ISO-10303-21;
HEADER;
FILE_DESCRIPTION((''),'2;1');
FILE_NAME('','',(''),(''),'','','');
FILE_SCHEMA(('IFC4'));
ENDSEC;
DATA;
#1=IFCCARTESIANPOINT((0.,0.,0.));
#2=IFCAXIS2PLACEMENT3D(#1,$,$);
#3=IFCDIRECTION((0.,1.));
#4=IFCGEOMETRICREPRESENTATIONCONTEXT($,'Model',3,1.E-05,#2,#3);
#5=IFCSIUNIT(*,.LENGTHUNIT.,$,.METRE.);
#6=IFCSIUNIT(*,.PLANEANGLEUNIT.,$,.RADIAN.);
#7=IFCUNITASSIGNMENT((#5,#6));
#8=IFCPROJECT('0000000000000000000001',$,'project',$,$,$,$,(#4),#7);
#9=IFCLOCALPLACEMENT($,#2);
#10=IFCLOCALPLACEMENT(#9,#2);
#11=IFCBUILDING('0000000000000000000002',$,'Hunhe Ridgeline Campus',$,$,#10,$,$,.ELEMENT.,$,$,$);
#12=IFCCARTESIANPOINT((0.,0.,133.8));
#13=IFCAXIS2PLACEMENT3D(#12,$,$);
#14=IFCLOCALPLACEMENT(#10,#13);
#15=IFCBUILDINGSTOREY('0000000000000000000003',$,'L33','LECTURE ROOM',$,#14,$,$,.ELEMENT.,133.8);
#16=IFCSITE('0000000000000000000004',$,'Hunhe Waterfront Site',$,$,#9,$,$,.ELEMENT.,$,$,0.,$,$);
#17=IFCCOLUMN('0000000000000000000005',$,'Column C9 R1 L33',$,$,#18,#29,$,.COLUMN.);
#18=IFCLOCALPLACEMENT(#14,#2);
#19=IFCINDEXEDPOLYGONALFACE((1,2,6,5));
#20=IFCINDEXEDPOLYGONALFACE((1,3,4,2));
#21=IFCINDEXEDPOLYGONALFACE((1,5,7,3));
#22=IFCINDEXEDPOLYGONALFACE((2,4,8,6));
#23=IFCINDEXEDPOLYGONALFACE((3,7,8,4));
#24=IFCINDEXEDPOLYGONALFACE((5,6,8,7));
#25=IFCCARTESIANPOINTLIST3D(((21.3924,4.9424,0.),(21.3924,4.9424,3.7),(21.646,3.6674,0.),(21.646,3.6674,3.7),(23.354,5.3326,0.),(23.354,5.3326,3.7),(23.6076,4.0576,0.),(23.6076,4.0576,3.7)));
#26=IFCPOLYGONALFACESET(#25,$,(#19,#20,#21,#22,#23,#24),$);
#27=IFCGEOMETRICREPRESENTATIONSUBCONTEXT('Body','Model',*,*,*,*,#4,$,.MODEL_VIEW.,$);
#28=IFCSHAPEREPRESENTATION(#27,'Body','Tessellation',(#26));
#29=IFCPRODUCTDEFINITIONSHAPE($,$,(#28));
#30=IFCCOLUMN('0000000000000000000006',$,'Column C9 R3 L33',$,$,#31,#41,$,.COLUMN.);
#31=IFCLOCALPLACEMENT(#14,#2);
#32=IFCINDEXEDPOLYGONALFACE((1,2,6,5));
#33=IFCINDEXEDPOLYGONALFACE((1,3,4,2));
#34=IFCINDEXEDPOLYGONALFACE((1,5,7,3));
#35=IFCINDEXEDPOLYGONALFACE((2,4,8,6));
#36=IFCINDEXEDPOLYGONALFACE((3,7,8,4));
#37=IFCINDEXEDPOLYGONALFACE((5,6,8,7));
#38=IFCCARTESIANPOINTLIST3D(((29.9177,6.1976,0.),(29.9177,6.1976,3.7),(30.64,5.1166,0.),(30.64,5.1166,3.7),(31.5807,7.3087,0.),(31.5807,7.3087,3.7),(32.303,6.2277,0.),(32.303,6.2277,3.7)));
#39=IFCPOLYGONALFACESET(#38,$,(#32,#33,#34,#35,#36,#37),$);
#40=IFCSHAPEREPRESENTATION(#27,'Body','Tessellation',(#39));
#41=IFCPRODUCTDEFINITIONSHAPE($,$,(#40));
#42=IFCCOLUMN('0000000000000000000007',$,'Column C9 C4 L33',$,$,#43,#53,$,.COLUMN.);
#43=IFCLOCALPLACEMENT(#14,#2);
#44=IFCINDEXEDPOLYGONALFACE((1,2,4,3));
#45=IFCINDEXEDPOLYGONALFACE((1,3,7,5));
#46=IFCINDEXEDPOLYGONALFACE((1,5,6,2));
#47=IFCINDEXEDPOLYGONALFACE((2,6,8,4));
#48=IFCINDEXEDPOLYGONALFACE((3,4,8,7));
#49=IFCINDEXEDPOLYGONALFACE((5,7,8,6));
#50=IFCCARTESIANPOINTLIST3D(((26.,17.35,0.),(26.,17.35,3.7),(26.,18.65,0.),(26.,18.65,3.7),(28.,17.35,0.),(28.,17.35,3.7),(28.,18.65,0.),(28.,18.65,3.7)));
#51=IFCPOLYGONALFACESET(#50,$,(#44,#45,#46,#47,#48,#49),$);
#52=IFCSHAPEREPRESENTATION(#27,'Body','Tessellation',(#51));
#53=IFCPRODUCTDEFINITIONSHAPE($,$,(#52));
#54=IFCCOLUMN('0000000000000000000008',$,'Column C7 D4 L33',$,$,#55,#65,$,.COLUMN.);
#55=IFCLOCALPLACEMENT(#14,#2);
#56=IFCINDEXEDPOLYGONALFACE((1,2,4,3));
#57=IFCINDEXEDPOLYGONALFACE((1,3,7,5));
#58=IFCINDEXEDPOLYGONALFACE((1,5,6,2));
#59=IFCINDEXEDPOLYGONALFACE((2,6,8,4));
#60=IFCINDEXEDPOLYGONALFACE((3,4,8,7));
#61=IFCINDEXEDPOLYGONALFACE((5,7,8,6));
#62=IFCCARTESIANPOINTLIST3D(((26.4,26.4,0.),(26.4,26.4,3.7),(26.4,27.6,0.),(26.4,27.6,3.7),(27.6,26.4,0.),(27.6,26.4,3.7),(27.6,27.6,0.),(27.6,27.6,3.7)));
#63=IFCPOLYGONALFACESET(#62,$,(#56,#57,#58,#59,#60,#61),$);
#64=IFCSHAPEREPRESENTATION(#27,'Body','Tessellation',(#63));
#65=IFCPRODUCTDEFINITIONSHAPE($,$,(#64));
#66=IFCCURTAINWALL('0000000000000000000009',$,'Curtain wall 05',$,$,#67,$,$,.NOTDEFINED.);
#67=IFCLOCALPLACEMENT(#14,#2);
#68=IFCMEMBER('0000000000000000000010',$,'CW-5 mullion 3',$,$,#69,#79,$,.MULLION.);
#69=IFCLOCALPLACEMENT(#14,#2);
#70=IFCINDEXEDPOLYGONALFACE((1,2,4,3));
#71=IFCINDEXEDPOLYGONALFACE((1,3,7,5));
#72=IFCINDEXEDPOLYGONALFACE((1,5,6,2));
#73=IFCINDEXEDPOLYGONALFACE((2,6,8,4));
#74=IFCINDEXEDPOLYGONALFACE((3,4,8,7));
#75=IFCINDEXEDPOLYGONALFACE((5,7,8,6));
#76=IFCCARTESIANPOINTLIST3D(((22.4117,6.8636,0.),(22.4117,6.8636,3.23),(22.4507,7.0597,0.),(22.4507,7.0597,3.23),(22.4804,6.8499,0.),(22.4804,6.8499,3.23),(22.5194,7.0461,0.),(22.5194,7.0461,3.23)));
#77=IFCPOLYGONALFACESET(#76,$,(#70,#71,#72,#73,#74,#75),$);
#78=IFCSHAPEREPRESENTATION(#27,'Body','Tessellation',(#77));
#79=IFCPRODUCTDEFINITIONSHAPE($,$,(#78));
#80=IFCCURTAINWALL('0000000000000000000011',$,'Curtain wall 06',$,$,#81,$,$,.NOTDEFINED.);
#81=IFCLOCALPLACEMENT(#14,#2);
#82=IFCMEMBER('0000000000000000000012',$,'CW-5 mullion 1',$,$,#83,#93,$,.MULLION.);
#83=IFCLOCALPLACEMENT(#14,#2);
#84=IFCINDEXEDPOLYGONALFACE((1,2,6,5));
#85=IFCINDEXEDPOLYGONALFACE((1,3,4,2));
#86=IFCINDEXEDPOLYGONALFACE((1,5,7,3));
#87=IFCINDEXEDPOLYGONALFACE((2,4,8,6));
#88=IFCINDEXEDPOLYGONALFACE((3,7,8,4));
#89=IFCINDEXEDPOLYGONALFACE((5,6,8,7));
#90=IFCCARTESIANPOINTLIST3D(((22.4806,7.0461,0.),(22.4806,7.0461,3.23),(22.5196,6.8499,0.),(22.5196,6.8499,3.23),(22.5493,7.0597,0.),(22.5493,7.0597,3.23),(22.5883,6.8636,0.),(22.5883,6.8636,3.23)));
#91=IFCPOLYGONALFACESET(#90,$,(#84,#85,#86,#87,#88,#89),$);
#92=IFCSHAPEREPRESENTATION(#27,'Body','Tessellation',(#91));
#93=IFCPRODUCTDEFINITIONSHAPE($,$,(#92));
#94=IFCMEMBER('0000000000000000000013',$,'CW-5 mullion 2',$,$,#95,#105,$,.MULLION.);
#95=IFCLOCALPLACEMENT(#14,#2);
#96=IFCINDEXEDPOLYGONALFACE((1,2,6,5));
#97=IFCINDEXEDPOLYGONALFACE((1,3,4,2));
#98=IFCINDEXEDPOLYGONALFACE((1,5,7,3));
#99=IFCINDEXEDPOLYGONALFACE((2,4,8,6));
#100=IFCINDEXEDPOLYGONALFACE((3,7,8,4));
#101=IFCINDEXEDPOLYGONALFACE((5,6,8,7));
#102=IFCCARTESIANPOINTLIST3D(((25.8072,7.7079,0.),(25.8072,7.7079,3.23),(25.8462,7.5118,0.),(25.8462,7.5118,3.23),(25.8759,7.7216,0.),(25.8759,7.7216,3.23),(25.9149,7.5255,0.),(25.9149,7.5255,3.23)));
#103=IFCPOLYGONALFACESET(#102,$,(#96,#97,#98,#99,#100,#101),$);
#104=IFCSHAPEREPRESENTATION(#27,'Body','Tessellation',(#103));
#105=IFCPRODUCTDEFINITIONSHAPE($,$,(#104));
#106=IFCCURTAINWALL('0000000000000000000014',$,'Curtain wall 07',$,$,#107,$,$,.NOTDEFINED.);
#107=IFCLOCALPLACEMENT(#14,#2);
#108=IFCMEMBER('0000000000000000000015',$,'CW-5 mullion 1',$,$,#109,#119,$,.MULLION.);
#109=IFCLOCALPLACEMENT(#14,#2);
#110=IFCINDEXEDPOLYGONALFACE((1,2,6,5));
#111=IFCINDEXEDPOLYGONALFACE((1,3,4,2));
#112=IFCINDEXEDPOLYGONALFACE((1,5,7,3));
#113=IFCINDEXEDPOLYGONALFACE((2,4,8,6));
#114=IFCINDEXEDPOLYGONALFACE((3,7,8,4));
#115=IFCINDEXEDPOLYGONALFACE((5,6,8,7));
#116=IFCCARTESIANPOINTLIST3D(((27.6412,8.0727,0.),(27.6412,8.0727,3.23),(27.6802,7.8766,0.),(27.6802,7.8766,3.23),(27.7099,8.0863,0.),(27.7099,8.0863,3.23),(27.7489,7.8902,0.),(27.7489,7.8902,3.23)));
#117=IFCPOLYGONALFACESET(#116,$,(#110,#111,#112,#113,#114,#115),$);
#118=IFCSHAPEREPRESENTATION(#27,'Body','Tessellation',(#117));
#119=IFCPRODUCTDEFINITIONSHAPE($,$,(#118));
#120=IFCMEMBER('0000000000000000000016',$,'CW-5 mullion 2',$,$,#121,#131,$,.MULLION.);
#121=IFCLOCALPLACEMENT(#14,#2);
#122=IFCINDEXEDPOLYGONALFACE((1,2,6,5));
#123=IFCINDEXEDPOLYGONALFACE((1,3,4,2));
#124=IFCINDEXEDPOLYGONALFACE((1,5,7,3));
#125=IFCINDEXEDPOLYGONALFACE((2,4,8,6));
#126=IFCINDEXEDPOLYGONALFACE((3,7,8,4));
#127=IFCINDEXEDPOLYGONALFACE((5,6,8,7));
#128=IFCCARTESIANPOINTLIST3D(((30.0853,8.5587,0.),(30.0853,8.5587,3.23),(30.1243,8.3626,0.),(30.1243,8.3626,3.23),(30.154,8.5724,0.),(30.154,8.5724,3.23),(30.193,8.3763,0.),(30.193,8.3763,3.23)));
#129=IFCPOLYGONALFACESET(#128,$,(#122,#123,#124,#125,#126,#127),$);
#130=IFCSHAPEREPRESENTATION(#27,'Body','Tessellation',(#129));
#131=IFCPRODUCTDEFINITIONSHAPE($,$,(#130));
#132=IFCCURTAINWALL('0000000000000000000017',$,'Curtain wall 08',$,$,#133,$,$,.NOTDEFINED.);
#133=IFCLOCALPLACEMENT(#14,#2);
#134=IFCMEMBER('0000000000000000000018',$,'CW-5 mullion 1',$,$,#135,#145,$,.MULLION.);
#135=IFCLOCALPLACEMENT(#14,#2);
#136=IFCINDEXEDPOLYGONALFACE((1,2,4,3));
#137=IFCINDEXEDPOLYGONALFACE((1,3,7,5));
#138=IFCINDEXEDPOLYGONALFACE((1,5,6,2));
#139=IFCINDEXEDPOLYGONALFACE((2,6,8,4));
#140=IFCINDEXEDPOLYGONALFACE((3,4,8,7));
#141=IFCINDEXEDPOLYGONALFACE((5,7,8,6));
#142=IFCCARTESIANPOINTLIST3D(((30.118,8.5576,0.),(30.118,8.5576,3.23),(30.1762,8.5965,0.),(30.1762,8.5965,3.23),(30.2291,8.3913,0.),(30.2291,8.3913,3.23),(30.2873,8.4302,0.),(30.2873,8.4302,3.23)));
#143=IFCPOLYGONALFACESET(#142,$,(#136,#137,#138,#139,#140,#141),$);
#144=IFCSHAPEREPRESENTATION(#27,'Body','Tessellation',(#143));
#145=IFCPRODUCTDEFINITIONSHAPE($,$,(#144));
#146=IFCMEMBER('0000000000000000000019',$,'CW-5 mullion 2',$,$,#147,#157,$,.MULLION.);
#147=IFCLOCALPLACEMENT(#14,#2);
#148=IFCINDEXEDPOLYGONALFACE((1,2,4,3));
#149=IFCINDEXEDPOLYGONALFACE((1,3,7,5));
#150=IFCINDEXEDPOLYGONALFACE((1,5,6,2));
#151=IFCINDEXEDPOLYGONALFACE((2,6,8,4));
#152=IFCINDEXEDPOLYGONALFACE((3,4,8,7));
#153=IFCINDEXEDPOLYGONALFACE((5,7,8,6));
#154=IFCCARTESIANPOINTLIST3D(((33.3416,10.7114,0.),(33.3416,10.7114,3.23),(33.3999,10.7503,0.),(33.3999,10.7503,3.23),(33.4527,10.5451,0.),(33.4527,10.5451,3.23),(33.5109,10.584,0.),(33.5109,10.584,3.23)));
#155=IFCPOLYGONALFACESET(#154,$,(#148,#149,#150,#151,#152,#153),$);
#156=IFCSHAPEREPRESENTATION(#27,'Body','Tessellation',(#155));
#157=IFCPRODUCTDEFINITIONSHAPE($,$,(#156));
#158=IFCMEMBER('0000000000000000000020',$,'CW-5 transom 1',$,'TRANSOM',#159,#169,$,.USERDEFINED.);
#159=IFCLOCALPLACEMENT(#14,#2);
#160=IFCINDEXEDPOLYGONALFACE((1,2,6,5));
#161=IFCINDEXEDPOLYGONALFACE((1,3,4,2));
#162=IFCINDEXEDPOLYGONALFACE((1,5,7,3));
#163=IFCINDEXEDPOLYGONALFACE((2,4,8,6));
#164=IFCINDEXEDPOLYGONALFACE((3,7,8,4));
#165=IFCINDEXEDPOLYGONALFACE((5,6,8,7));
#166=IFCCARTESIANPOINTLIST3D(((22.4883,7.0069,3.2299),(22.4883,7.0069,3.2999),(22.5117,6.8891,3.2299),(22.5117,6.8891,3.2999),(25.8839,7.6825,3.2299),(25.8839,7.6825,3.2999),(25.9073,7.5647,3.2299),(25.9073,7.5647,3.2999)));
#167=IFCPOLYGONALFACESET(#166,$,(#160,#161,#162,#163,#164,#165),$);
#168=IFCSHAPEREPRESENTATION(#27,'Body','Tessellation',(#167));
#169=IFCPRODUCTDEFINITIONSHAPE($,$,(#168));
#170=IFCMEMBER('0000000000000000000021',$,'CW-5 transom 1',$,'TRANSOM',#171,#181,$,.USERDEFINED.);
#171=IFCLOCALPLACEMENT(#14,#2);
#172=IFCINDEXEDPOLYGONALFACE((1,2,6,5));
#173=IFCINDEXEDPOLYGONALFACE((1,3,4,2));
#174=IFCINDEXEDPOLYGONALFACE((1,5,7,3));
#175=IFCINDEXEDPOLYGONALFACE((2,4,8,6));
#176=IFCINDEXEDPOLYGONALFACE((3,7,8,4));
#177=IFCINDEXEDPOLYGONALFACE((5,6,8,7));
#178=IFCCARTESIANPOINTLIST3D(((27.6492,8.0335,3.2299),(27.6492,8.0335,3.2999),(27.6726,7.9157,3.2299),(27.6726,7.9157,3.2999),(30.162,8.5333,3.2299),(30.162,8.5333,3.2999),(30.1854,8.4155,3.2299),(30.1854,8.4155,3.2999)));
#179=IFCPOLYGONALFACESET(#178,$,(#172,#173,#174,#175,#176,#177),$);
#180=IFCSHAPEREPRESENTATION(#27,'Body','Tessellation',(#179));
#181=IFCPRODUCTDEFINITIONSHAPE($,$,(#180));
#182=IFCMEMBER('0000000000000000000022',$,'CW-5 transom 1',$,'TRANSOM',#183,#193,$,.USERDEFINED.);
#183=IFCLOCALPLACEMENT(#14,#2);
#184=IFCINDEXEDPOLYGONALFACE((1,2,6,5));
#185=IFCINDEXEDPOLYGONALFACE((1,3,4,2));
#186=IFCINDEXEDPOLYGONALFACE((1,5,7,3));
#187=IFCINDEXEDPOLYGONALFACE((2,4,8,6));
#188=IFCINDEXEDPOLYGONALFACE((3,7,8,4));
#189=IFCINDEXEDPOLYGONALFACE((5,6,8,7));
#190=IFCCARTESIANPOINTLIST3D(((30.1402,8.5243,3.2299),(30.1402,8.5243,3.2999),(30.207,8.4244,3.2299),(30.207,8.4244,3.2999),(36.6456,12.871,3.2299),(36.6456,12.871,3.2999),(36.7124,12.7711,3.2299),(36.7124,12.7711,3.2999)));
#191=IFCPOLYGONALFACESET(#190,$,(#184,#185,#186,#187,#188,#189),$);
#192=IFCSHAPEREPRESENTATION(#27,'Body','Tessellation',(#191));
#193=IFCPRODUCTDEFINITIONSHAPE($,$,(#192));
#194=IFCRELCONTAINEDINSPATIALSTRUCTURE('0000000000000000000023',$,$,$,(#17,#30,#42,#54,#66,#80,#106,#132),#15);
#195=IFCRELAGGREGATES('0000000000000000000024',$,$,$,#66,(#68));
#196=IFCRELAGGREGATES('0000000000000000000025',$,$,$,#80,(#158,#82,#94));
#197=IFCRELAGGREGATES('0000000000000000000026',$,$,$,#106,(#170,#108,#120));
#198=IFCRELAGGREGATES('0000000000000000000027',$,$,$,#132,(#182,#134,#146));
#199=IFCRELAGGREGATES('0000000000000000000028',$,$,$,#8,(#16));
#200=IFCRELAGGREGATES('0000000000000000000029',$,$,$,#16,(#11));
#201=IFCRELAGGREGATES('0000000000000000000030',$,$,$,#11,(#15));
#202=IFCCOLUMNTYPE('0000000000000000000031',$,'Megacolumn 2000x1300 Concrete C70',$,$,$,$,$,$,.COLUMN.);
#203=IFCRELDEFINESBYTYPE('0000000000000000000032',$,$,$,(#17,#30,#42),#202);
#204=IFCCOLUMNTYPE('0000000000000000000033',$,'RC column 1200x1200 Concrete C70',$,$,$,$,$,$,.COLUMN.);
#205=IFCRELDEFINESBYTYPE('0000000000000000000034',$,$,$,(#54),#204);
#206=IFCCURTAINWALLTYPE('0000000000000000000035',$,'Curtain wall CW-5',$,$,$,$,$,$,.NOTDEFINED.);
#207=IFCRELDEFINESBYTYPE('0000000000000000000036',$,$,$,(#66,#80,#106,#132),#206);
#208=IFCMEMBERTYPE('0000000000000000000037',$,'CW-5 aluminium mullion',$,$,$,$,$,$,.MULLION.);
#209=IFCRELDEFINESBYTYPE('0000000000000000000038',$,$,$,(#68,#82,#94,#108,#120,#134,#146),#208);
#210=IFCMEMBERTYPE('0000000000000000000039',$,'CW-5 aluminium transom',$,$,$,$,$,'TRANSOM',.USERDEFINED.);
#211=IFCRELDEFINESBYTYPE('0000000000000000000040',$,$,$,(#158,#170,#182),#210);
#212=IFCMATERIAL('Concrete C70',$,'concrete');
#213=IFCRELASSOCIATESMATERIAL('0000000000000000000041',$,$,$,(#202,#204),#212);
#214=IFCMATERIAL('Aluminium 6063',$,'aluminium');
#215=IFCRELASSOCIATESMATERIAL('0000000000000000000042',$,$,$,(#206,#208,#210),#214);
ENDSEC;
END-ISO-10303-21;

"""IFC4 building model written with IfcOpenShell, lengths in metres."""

from ifc_helpers import new_model, si_unit, direction, frame, origin, origin_2d, place, context, subcontext, project, spatial, rectangle, extrude, material, material_profile, profile_set, type_object, element, aggregate, save


model = new_model("IFC4")

# Units and contexts
model_context = context("Model", 3, precision=1e-05, world=origin(), true_north=direction((0.0, 1.0)))
body_context = subcontext(model_context, "Body", "Model", "MODEL_VIEW")
ifc_project = project(units=[si_unit("LENGTHUNIT", "METRE"), si_unit("PLANEANGLEUNIT", "RADIAN")], contexts=[model_context])

# Site, building, storey
site_placement = place(None, origin())
site = spatial("IfcSite", under=ifc_project, at=site_placement, Name="Hunhe Waterfront Site", CompositionType="ELEMENT", RefElevation=0.0)
building_placement = place(site_placement, origin())
building = spatial("IfcBuilding", under=site, at=building_placement, Name="Hunhe Ridgeline Campus", CompositionType="ELEMENT")
storey_placement = place(building_placement, frame((0.0, 0.0, 133.8)))
storey = spatial("IfcBuildingStorey", under=building, at=storey_placement, Name="L33", Description="LECTURE ROOM", CompositionType="ELEMENT", Elevation=133.8)

# Columns
ifc_material_1 = material(Name="Concrete C70", Category="concrete")
ifc_material_profile_1 = material_profile(ifc_material_1, rectangle(XDim=2.0, YDim=1.3, at=origin_2d()))
ifc_profile_set_1 = profile_set([ifc_material_profile_1], Name="Concrete C70")
column_type_1 = type_object("IfcColumnType", Name="Megacolumn 2000x1300 Concrete C70", PredefinedType="COLUMN", material=ifc_profile_set_1)
for number, where, z_axis, x_axis, name in (
    (1, (22.5, 4.5, 0.0), (0.0, 0.0, 1.0), (0.980785, 0.19509, 0.0), "Column C9 R1 L33"),
    (2, (31.1104, 6.2126, 0.0), (0.0, 0.0, 1.0), (0.83147, 0.55557, 0.0), "Column C9 R3 L33"),
    (3, (27.0, 18.0, 0.0), (0.0, 0.0, 1.0), (1.0, 0.0, 0.0), "Column C9 C4 L33"),
):
    element("IfcColumn", number, at=place(storey_placement, frame(where, z_axis=z_axis, x_axis=x_axis)), inside=storey, type_object=column_type_1, Name=name, PredefinedType="COLUMN", context=body_context, shape_type="SweptSolid", body=[
        extrude(rectangle(XDim=2.0, YDim=1.3, at=origin_2d()), origin(), (0.0, 0.0, 1.0), 3.7),
    ])
ifc_material_profile_2 = material_profile(ifc_material_1, rectangle(XDim=1.2, YDim=1.2, at=origin_2d()))
ifc_profile_set_2 = profile_set([ifc_material_profile_2], Name="Concrete C70")
column_type_2 = type_object("IfcColumnType", Name="RC column 1200x1200 Concrete C70", PredefinedType="COLUMN", material=ifc_profile_set_2)
column_placement = place(storey_placement, frame((27.0, 27.0, 0.0), z_axis=(0.0, 0.0, 1.0), x_axis=(1.0, 0.0, 0.0)))
element("IfcColumn", 4, at=column_placement, inside=storey, type_object=column_type_2, Name="Column C7 D4 L33", PredefinedType="COLUMN", context=body_context, shape_type="SweptSolid", body=[
    extrude(rectangle(XDim=1.2, YDim=1.2, at=origin_2d()), origin(), (0.0, 0.0, 1.0), 3.7),
])

# Curtain wall, member
ifc_material_2 = material(Name="Aluminium 6063", Category="aluminium")
curtain_wall_type = type_object("IfcCurtainWallType", Name="Curtain wall CW-5", PredefinedType="NOTDEFINED", material=ifc_material_2)
curtain_wall_1_placement = place(storey_placement, origin())
curtain_wall_1 = element("IfcCurtainWall", 5, at=curtain_wall_1_placement, inside=storey, type_object=curtain_wall_type, Name="Curtain wall 05", PredefinedType="NOTDEFINED")
ifc_material_profile_3 = material_profile(ifc_material_2, rectangle(XDim=0.2, YDim=0.0701, at=origin_2d()))
ifc_profile_set_3 = profile_set([ifc_material_profile_3], Name="Aluminium 6063")
member_type_1 = type_object("IfcMemberType", Name="CW-5 aluminium mullion", PredefinedType="MULLION", material=ifc_profile_set_3)
member_1_placement = place(storey_placement, frame((22.4656, 6.9548, 0.0), z_axis=(0.0, 0.0, 1.0), x_axis=(0.19509, 0.980785, 0.0)))
member_1 = element("IfcMember", 6, at=member_1_placement, type_object=member_type_1, Name="CW-5 mullion 3", PredefinedType="MULLION", context=body_context, shape_type="SweptSolid", body=[
    extrude(rectangle(XDim=0.2, YDim=0.0701, at=origin_2d()), origin(), (0.0, 0.0, 1.0), 3.23),
])

# Curtain walls, members
curtain_wall_2_placement = place(storey_placement, origin())
curtain_wall_2 = element("IfcCurtainWall", 7, at=curtain_wall_2_placement, inside=storey, type_object=curtain_wall_type, Name="Curtain wall 06", PredefinedType="NOTDEFINED")
member_2_placement = place(storey_placement, frame((22.5344, 6.9548, 0.0), z_axis=(0.0, 0.0, 1.0), x_axis=(-0.19509, 0.980785, 0.0)))
member_2 = element("IfcMember", 8, at=member_2_placement, type_object=member_type_1, Name="CW-5 mullion 1", PredefinedType="MULLION", context=body_context, shape_type="SweptSolid", body=[
    extrude(rectangle(XDim=0.2, YDim=0.0701, at=origin_2d()), origin(), (0.0, 0.0, 1.0), 3.23),
])
member_3_placement = place(storey_placement, frame((25.8611, 7.6167, 0.0), z_axis=(0.0, 0.0, 1.0), x_axis=(-0.19509, 0.980785, 0.0)))
member_3 = element("IfcMember", 9, at=member_3_placement, type_object=member_type_1, Name="CW-5 mullion 2", PredefinedType="MULLION", context=body_context, shape_type="SweptSolid", body=[
    extrude(rectangle(XDim=0.2, YDim=0.0701, at=origin_2d()), origin(), (0.0, 0.0, 1.0), 3.23),
])
curtain_wall_3_placement = place(storey_placement, origin())
curtain_wall_3 = element("IfcCurtainWall", 10, at=curtain_wall_3_placement, inside=storey, type_object=curtain_wall_type, Name="Curtain wall 07", PredefinedType="NOTDEFINED")
member_4_placement = place(storey_placement, frame((27.6951, 7.9814, 0.0), z_axis=(0.0, 0.0, 1.0), x_axis=(-0.195091, 0.980785, 0.0)))
member_4 = element("IfcMember", 11, at=member_4_placement, type_object=member_type_1, Name="CW-5 mullion 1", PredefinedType="MULLION", context=body_context, shape_type="SweptSolid", body=[
    extrude(rectangle(XDim=0.2, YDim=0.0701, at=origin_2d()), origin(), (0.0, 0.0, 1.0), 3.23),
])
member_5_placement = place(storey_placement, frame((30.1392, 8.4675, 0.0), z_axis=(0.0, 0.0, 1.0), x_axis=(-0.195091, 0.980785, 0.0)))
member_5 = element("IfcMember", 12, at=member_5_placement, type_object=member_type_1, Name="CW-5 mullion 2", PredefinedType="MULLION", context=body_context, shape_type="SweptSolid", body=[
    extrude(rectangle(XDim=0.2, YDim=0.0701, at=origin_2d()), origin(), (0.0, 0.0, 1.0), 3.23),
])
curtain_wall_4_placement = place(storey_placement, origin())
curtain_wall_4 = element("IfcCurtainWall", 13, at=curtain_wall_4_placement, inside=storey, type_object=curtain_wall_type, Name="Curtain wall 08", PredefinedType="NOTDEFINED")
member_6_placement = place(storey_placement, frame((30.2026, 8.4939, 0.0), z_axis=(0.0, 0.0, 1.0), x_axis=(-0.55557, 0.83147, 0.0)))
member_6 = element("IfcMember", 14, at=member_6_placement, type_object=member_type_1, Name="CW-5 mullion 1", PredefinedType="MULLION", context=body_context, shape_type="SweptSolid", body=[
    extrude(rectangle(XDim=0.2, YDim=0.0701, at=origin_2d()), origin(), (0.0, 0.0, 1.0), 3.23),
])
member_7_placement = place(storey_placement, frame((33.4263, 10.6477, 0.0), z_axis=(0.0, 0.0, 1.0), x_axis=(-0.55557, 0.83147, 0.0)))
member_7 = element("IfcMember", 15, at=member_7_placement, type_object=member_type_1, Name="CW-5 mullion 2", PredefinedType="MULLION", context=body_context, shape_type="SweptSolid", body=[
    extrude(rectangle(XDim=0.2, YDim=0.0701, at=origin_2d()), origin(), (0.0, 0.0, 1.0), 3.23),
])

# Members
ifc_material_profile_4 = material_profile(ifc_material_2, rectangle(XDim=0.1201, YDim=0.0701, at=origin_2d()))
ifc_profile_set_4 = profile_set([ifc_material_profile_4], Name="Aluminium 6063")
member_type_2 = type_object("IfcMemberType", Name="CW-5 aluminium transom", ElementType="TRANSOM", PredefinedType="USERDEFINED", material=ifc_profile_set_4)
member_8_placement = place(storey_placement, frame((22.5, 6.948, 3.2649), z_axis=(0.980778, 0.195126, 0.0), x_axis=(-0.195126, 0.980778, 0.0)))
member_8 = element("IfcMember", 16, at=member_8_placement, type_object=member_type_2, Name="CW-5 transom 1", ObjectType="TRANSOM", PredefinedType="USERDEFINED", context=body_context, shape_type="SweptSolid", body=[
    extrude(rectangle(XDim=0.1201, YDim=0.0701, at=origin_2d()), origin(), (0.0, 0.0, 1.0), 3.4622),
])
member_9_placement = place(storey_placement, frame((27.6609, 7.9746, 3.2649), z_axis=(0.980789, 0.195071, 0.0), x_axis=(-0.195071, 0.980789, 0.0)))
member_9 = element("IfcMember", 17, at=member_9_placement, type_object=member_type_2, Name="CW-5 transom 1", ObjectType="TRANSOM", PredefinedType="USERDEFINED", context=body_context, shape_type="SweptSolid", body=[
    extrude(rectangle(XDim=0.1201, YDim=0.0701, at=origin_2d()), origin(), (0.0, 0.0, 1.0), 2.562),
])
member_10_placement = place(storey_placement, frame((30.1736, 8.4744, 3.2649), z_axis=(0.831474, 0.555564, 0.0), x_axis=(-0.555564, 0.831474, 0.0)))
member_10 = element("IfcMember", 18, at=member_10_placement, type_object=member_type_2, Name="CW-5 transom 1", ObjectType="TRANSOM", PredefinedType="USERDEFINED", context=body_context, shape_type="SweptSolid", body=[
    extrude(rectangle(XDim=0.1201, YDim=0.0701, at=origin_2d()), origin(), (0.0, 0.0, 1.0), 7.824),
])

aggregate(curtain_wall_1, [member_1])
aggregate(curtain_wall_2, [member_8, member_2, member_3])
aggregate(curtain_wall_3, [member_9, member_4, member_5])
aggregate(curtain_wall_4, [member_10, member_6, member_7])

save(model, "model.ifc")
